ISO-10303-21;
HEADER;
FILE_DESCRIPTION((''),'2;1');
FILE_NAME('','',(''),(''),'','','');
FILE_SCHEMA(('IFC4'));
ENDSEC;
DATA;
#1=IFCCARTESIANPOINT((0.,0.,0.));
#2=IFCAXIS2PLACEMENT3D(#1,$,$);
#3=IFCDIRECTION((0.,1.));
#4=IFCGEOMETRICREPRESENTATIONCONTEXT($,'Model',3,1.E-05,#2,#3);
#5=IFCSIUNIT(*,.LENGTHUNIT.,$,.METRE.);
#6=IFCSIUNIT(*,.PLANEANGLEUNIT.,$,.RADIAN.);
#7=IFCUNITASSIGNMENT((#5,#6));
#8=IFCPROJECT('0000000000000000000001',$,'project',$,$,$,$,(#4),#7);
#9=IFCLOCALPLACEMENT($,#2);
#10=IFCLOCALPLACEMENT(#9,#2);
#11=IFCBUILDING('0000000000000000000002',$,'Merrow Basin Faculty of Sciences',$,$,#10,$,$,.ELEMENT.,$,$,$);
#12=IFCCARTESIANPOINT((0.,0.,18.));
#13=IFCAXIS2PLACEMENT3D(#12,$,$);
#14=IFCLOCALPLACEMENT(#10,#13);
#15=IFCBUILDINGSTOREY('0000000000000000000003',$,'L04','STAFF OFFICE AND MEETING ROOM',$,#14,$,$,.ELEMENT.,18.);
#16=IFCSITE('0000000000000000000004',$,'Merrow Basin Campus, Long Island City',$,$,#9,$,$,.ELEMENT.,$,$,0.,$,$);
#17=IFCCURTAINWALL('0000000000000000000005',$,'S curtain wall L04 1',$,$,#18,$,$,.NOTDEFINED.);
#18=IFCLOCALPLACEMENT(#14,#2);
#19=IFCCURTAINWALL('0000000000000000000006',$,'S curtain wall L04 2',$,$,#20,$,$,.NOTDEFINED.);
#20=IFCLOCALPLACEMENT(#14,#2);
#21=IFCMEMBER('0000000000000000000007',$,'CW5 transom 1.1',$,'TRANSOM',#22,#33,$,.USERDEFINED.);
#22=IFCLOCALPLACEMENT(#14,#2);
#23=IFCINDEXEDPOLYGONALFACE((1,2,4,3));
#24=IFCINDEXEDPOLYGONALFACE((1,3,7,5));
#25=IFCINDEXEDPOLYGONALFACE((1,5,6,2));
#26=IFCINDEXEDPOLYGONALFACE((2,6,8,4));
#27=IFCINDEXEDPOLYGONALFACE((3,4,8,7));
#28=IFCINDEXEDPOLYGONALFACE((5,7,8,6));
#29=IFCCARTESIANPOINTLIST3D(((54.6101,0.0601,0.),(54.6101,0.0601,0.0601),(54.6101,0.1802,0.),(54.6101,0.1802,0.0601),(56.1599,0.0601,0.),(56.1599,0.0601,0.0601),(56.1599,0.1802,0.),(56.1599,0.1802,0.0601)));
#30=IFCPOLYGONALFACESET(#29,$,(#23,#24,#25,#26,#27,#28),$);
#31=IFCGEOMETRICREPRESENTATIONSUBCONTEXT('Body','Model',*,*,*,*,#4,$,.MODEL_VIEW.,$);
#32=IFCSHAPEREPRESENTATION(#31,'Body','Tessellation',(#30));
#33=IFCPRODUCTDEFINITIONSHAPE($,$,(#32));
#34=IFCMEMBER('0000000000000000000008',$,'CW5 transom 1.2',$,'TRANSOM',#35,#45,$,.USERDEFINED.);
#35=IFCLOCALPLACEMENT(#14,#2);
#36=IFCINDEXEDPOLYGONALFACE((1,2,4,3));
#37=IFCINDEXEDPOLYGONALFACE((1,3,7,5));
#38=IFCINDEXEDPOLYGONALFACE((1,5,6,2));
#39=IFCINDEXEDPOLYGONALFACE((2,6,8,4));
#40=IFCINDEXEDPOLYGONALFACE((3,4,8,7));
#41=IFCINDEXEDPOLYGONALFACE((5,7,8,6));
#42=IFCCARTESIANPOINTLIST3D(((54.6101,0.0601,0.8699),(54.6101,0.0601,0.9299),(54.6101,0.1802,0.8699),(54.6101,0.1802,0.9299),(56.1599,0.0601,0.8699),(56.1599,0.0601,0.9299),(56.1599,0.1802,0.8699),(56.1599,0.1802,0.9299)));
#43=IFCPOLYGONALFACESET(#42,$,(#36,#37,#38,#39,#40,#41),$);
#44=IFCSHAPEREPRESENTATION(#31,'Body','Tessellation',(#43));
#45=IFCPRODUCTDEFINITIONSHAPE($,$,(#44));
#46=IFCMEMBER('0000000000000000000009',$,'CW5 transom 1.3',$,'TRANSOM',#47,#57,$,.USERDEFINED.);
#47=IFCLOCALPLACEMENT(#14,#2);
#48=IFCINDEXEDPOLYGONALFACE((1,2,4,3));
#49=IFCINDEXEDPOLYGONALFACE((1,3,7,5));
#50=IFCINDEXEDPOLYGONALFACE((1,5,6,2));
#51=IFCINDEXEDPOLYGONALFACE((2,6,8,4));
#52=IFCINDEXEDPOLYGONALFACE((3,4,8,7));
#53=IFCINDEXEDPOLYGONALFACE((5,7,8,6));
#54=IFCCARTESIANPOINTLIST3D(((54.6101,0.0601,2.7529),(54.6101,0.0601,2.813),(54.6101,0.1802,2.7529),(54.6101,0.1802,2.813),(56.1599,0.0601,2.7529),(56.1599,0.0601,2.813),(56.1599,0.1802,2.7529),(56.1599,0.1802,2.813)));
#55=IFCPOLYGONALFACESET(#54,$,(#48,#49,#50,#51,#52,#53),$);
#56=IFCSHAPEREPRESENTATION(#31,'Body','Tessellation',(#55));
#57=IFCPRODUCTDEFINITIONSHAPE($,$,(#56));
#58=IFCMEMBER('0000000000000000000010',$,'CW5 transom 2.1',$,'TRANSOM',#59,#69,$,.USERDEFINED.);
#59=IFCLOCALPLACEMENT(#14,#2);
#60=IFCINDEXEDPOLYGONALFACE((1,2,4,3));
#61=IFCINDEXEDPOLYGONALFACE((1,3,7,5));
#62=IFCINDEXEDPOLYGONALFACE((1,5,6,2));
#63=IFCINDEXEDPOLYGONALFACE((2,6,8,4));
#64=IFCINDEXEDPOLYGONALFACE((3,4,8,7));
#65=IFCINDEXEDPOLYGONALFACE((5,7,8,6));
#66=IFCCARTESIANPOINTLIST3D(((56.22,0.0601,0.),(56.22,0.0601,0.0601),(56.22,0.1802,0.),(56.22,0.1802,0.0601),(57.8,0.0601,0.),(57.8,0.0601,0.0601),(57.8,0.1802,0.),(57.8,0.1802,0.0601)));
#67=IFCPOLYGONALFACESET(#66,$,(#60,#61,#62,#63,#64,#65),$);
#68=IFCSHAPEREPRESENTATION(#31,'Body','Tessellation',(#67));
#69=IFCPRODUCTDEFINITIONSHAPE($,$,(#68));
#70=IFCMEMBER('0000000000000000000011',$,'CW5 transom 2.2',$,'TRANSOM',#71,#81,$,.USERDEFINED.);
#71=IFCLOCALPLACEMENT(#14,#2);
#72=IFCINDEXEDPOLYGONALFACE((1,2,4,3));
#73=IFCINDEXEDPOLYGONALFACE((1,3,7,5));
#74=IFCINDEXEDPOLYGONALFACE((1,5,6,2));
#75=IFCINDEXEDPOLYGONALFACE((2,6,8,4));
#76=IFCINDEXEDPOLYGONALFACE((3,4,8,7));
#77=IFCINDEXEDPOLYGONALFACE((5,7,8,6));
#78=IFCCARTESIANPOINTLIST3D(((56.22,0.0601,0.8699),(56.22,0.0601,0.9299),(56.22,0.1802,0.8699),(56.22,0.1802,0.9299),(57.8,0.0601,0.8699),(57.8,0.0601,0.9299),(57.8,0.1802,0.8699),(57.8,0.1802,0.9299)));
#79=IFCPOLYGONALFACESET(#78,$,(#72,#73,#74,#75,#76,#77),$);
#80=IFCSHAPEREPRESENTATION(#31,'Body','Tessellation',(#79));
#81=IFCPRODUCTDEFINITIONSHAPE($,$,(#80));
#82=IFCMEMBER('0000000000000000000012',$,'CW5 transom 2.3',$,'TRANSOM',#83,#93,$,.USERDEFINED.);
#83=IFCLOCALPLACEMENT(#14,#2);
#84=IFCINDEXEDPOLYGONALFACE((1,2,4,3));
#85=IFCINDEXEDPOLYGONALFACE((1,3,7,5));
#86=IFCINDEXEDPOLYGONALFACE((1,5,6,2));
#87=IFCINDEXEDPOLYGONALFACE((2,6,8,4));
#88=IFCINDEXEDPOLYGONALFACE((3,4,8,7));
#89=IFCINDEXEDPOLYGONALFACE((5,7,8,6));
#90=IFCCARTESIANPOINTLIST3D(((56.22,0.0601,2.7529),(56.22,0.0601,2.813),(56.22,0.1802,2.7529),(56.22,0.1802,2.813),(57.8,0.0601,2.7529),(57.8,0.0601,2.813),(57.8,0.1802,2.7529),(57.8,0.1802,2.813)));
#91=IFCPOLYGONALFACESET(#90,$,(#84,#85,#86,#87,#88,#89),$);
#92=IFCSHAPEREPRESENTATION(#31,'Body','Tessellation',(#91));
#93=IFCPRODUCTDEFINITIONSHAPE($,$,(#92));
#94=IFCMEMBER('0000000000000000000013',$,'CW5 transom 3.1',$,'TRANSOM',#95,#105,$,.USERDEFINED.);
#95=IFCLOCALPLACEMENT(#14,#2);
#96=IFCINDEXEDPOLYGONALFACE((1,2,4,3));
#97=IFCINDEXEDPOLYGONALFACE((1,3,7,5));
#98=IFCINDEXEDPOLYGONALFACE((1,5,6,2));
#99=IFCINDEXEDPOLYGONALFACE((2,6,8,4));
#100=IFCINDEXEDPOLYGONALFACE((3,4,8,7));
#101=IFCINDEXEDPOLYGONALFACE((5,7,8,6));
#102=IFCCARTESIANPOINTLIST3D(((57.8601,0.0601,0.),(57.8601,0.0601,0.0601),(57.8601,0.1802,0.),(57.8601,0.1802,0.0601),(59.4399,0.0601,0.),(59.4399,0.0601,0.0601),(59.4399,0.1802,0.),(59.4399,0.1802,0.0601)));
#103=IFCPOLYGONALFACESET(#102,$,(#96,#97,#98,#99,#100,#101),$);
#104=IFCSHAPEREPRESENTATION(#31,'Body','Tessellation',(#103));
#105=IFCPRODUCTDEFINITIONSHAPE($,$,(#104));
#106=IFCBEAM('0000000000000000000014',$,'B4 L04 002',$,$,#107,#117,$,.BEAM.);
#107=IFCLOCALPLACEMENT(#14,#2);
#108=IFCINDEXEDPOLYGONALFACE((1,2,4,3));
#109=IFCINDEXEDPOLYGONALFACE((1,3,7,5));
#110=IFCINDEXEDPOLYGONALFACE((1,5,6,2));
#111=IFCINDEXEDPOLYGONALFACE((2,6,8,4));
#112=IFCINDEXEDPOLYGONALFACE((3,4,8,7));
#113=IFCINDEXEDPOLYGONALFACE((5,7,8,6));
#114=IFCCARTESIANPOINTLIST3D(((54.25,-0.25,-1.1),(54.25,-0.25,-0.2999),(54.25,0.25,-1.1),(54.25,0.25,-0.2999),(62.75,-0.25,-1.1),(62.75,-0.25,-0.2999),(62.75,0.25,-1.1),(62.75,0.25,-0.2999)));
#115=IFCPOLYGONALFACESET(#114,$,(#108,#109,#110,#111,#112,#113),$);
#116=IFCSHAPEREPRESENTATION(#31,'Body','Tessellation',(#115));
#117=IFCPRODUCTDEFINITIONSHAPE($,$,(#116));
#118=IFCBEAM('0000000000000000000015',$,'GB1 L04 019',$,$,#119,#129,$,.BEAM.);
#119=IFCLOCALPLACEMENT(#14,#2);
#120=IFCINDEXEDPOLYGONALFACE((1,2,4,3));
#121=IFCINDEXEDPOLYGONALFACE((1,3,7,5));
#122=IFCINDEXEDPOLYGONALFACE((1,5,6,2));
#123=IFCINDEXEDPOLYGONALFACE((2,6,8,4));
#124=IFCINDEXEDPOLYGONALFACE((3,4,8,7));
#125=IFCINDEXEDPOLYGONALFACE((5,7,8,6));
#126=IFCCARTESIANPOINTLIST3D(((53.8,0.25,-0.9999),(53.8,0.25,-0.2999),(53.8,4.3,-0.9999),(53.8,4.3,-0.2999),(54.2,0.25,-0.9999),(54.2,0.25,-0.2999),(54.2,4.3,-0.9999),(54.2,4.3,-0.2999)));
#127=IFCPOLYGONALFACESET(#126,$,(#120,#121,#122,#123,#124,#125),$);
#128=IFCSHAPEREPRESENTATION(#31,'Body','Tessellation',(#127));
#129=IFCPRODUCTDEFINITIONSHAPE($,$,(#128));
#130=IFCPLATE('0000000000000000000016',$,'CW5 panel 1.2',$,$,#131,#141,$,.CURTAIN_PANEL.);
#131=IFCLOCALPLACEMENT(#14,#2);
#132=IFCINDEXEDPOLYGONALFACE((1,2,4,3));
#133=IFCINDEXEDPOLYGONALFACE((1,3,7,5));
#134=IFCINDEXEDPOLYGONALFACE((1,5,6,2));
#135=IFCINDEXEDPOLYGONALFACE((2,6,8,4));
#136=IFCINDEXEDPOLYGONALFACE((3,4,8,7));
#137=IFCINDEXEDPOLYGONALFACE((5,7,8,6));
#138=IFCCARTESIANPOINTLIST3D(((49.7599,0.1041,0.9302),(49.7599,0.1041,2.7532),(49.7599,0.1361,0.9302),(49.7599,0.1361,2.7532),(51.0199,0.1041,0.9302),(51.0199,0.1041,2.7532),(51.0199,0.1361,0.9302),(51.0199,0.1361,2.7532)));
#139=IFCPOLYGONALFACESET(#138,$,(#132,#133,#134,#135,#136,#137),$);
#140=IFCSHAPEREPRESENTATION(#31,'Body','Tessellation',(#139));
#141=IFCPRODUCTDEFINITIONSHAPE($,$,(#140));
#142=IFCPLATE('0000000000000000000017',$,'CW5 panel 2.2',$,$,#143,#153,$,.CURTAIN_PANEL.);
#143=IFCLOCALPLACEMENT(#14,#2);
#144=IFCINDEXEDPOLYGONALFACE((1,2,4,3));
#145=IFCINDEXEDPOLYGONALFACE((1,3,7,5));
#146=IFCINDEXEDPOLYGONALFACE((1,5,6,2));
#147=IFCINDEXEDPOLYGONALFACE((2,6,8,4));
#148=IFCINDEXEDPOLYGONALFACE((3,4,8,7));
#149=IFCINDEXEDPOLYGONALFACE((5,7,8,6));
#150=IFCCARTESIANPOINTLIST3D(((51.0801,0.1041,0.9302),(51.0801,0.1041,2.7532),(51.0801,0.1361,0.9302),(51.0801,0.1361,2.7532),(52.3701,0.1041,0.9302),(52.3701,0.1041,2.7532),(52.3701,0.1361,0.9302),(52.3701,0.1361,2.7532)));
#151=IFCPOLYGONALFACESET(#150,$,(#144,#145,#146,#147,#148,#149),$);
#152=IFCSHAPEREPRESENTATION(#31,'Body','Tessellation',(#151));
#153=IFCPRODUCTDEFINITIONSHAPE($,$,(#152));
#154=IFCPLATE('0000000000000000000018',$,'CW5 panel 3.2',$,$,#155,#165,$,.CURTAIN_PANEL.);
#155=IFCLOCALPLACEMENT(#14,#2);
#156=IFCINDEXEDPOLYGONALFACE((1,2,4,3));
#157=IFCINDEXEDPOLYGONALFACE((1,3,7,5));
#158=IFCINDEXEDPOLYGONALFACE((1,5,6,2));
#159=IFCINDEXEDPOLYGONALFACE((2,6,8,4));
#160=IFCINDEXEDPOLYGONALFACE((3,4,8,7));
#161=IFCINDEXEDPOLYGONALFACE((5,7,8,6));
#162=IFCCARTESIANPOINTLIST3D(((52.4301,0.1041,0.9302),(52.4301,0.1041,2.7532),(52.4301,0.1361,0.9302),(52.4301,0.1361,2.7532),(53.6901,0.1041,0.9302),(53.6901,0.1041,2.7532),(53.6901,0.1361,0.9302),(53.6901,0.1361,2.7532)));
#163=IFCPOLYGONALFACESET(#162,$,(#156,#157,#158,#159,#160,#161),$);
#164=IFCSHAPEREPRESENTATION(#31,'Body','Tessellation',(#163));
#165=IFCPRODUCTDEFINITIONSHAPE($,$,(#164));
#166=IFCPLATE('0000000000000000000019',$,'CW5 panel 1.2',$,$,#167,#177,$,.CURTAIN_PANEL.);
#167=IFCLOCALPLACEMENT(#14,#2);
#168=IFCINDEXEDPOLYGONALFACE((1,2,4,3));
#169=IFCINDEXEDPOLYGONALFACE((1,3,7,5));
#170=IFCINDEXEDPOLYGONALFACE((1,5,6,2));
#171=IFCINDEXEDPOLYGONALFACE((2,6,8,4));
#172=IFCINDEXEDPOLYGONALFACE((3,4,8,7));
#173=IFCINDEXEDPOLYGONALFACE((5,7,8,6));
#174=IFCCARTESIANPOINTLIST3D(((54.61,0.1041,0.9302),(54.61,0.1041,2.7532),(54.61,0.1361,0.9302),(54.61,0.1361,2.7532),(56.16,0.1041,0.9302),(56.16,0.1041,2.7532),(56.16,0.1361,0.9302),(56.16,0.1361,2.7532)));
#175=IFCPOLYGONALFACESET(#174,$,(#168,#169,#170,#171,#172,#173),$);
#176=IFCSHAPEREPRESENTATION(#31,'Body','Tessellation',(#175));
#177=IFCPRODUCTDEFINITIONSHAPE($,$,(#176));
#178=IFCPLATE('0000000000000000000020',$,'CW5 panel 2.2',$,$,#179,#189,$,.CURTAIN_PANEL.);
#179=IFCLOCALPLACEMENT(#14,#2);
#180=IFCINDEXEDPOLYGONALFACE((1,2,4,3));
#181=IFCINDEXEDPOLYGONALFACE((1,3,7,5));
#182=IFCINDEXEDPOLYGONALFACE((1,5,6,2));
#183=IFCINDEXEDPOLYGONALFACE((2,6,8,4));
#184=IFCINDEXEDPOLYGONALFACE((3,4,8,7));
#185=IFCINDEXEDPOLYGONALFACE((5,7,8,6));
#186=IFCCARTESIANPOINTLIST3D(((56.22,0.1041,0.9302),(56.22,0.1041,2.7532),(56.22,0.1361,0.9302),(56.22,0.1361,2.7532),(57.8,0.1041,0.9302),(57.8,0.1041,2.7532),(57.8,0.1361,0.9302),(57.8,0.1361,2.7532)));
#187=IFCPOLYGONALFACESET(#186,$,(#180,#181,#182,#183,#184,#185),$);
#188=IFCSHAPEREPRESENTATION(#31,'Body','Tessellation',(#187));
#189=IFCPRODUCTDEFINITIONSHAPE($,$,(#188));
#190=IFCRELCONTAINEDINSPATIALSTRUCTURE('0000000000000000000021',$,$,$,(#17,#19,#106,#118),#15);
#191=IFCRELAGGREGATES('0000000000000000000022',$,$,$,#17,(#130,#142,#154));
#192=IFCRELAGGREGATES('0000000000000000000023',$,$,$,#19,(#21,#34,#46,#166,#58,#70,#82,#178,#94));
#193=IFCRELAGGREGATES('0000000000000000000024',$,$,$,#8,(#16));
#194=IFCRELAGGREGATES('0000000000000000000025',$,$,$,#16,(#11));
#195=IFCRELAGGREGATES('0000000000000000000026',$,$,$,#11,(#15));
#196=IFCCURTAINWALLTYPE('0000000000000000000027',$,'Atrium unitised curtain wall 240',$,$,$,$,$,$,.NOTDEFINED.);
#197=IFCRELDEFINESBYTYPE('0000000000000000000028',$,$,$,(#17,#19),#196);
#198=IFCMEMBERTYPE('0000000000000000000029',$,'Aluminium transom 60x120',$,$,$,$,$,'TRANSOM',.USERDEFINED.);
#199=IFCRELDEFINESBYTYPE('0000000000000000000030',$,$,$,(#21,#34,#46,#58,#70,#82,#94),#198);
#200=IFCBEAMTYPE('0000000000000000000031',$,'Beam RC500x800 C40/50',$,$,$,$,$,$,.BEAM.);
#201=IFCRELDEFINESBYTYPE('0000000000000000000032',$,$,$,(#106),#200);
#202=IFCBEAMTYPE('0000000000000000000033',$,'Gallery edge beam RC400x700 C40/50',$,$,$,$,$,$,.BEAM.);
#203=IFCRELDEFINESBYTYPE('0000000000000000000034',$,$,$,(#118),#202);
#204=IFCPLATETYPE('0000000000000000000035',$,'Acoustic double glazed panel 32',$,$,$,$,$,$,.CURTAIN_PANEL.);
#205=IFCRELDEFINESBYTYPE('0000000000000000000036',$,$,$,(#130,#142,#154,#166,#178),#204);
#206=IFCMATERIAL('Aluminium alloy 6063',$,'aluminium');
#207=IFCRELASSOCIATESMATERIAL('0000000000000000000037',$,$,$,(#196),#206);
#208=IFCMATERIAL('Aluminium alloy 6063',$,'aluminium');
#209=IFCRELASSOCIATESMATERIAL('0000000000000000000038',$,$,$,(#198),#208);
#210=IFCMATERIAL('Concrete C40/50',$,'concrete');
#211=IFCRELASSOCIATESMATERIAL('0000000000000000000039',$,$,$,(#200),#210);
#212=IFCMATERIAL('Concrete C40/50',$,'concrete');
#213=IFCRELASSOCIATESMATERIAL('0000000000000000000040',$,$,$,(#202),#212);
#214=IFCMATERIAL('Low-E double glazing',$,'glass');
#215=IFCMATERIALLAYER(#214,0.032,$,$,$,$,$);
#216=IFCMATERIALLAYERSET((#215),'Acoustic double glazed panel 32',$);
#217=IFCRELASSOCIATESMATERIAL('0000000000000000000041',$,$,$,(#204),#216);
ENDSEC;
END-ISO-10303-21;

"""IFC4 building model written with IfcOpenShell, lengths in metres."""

from ifc_helpers import new_model, si_unit, direction, frame, origin, origin_2d, place, context, subcontext, project, spatial, rectangle, extrude, material, layer, layer_set, material_profile, profile_set, type_object, element, aggregate, save


model = new_model("IFC4")

# Units and contexts
model_context = context("Model", 3, precision=1e-05, world=origin(), true_north=direction((0.0, 1.0)))
body_context = subcontext(model_context, "Body", "Model", "MODEL_VIEW")
ifc_project = project(units=[si_unit("LENGTHUNIT", "METRE"), si_unit("PLANEANGLEUNIT", "RADIAN")], contexts=[model_context])

# Site, building, storey
site_placement = place(None, origin())
site = spatial("IfcSite", under=ifc_project, at=site_placement, Name="Merrow Basin Campus, Long Island City", CompositionType="ELEMENT", RefElevation=0.0)
building_placement = place(site_placement, origin())
building = spatial("IfcBuilding", under=site, at=building_placement, Name="Merrow Basin Faculty of Sciences", CompositionType="ELEMENT")
storey_placement = place(building_placement, frame((0.0, 0.0, 18.0)))
storey = spatial("IfcBuildingStorey", under=building, at=storey_placement, Name="L04", Description="STAFF OFFICE AND MEETING ROOM", CompositionType="ELEMENT", Elevation=18.0)

# Curtain walls
ifc_material_1 = material(Name="Aluminium alloy 6063", Category="aluminium")
curtain_wall_type = type_object("IfcCurtainWallType", Name="Atrium unitised curtain wall 240", PredefinedType="NOTDEFINED", material=ifc_material_1)
curtain_wall_1_placement = place(storey_placement, origin())
curtain_wall_1 = element("IfcCurtainWall", 1, at=curtain_wall_1_placement, inside=storey, type_object=curtain_wall_type, Name="S curtain wall L04 1", PredefinedType="NOTDEFINED")
curtain_wall_2_placement = place(storey_placement, origin())
curtain_wall_2 = element("IfcCurtainWall", 2, at=curtain_wall_2_placement, inside=storey, type_object=curtain_wall_type, Name="S curtain wall L04 2", PredefinedType="NOTDEFINED")

# Members
ifc_material_2 = material(Name="Aluminium alloy 6063", Category="aluminium")
ifc_material_profile_1 = material_profile(ifc_material_2, rectangle(XDim=0.1201, YDim=0.0601, at=origin_2d()))
ifc_profile_set_1 = profile_set([ifc_material_profile_1], Name="Aluminium alloy 6063")
member_type_1 = type_object("IfcMemberType", Name="Aluminium transom 60x120", ElementType="TRANSOM", PredefinedType="USERDEFINED", material=ifc_profile_set_1)
member_1_placement = place(storey_placement, frame((54.6101, 0.1201, 0.03), z_axis=(1.0, 0.0, 0.0), x_axis=(0.0, 1.0, 0.0)))
member_1 = element("IfcMember", 3, at=member_1_placement, type_object=member_type_1, Name="CW5 transom 1.1", ObjectType="TRANSOM", PredefinedType="USERDEFINED", context=body_context, shape_type="SweptSolid", body=[
    extrude(rectangle(XDim=0.1201, YDim=0.0601, at=origin_2d()), origin(), (0.0, 0.0, 1.0), 1.5498),
])
member_2_placement = place(storey_placement, frame((54.6101, 0.1201, 0.8999), z_axis=(1.0, 0.0, 0.0), x_axis=(0.0, 1.0, 0.0)))
member_2 = element("IfcMember", 4, at=member_2_placement, type_object=member_type_1, Name="CW5 transom 1.2", ObjectType="TRANSOM", PredefinedType="USERDEFINED", context=body_context, shape_type="SweptSolid", body=[
    extrude(rectangle(XDim=0.1201, YDim=0.0601, at=origin_2d()), origin(), (0.0, 0.0, 1.0), 1.5498),
])
member_3_placement = place(storey_placement, frame((54.6101, 0.1201, 2.783), z_axis=(1.0, 0.0, 0.0), x_axis=(0.0, 1.0, 0.0)))
member_3 = element("IfcMember", 5, at=member_3_placement, type_object=member_type_1, Name="CW5 transom 1.3", ObjectType="TRANSOM", PredefinedType="USERDEFINED", context=body_context, shape_type="SweptSolid", body=[
    extrude(rectangle(XDim=0.1201, YDim=0.0601, at=origin_2d()), origin(), (0.0, 0.0, 1.0), 1.5498),
])
member_4_placement = place(storey_placement, frame((56.22, 0.1201, 0.03), z_axis=(1.0, 0.0, 0.0), x_axis=(0.0, 1.0, 0.0)))
member_4 = element("IfcMember", 6, at=member_4_placement, type_object=member_type_1, Name="CW5 transom 2.1", ObjectType="TRANSOM", PredefinedType="USERDEFINED", context=body_context, shape_type="SweptSolid", body=[
    extrude(rectangle(XDim=0.1201, YDim=0.0601, at=origin_2d()), origin(), (0.0, 0.0, 1.0), 1.5801),
])
member_5_placement = place(storey_placement, frame((56.22, 0.1201, 0.8999), z_axis=(1.0, 0.0, 0.0), x_axis=(0.0, 1.0, 0.0)))
member_5 = element("IfcMember", 7, at=member_5_placement, type_object=member_type_1, Name="CW5 transom 2.2", ObjectType="TRANSOM", PredefinedType="USERDEFINED", context=body_context, shape_type="SweptSolid", body=[
    extrude(rectangle(XDim=0.1201, YDim=0.0601, at=origin_2d()), origin(), (0.0, 0.0, 1.0), 1.5801),
])
member_6_placement = place(storey_placement, frame((56.22, 0.1201, 2.783), z_axis=(1.0, 0.0, 0.0), x_axis=(0.0, 1.0, 0.0)))
member_6 = element("IfcMember", 8, at=member_6_placement, type_object=member_type_1, Name="CW5 transom 2.3", ObjectType="TRANSOM", PredefinedType="USERDEFINED", context=body_context, shape_type="SweptSolid", body=[
    extrude(rectangle(XDim=0.1201, YDim=0.0601, at=origin_2d()), origin(), (0.0, 0.0, 1.0), 1.5801),
])
member_7_placement = place(storey_placement, frame((57.8601, 0.1201, 0.03), z_axis=(1.0, 0.0, 0.0), x_axis=(0.0, 1.0, 0.0)))
member_7 = element("IfcMember", 9, at=member_7_placement, type_object=member_type_1, Name="CW5 transom 3.1", ObjectType="TRANSOM", PredefinedType="USERDEFINED", context=body_context, shape_type="SweptSolid", body=[
    extrude(rectangle(XDim=0.1201, YDim=0.0601, at=origin_2d()), origin(), (0.0, 0.0, 1.0), 1.5798),
])

# Beams
ifc_material_3 = material(Name="Concrete C40/50", Category="concrete")
ifc_material_profile_2 = material_profile(ifc_material_3, rectangle(XDim=0.5, YDim=0.8, at=origin_2d()))
ifc_profile_set_2 = profile_set([ifc_material_profile_2], Name="Concrete C40/50")
beam_type_1 = type_object("IfcBeamType", Name="Beam RC500x800 C40/50", PredefinedType="BEAM", material=ifc_profile_set_2)
beam_1_placement = place(storey_placement, frame((54.25, 0.0, -0.7), z_axis=(1.0, 0.0, 0.0), x_axis=(0.0, 1.0, 0.0)))
element("IfcBeam", 10, at=beam_1_placement, inside=storey, type_object=beam_type_1, Name="B4 L04 002", PredefinedType="BEAM", context=body_context, shape_type="SweptSolid", body=[
    extrude(rectangle(XDim=0.5, YDim=0.8, at=origin_2d()), origin(), (0.0, 0.0, 1.0), 8.5),
])
ifc_material_4 = material(Name="Concrete C40/50", Category="concrete")
ifc_material_profile_3 = material_profile(ifc_material_4, rectangle(XDim=0.3999, YDim=0.7, at=origin_2d()))
ifc_profile_set_3 = profile_set([ifc_material_profile_3], Name="Concrete C40/50")
beam_type_2 = type_object("IfcBeamType", Name="Gallery edge beam RC400x700 C40/50", PredefinedType="BEAM", material=ifc_profile_set_3)
beam_2_placement = place(storey_placement, frame((54.0, 0.25, -0.6499), z_axis=(0.0, 1.0, 0.0), x_axis=(-1.0, 0.0, 0.0)))
element("IfcBeam", 11, at=beam_2_placement, inside=storey, type_object=beam_type_2, Name="GB1 L04 019", PredefinedType="BEAM", context=body_context, shape_type="SweptSolid", body=[
    extrude(rectangle(XDim=0.3999, YDim=0.7, at=origin_2d()), origin(), (0.0, 0.0, 1.0), 4.05),
])

# Plates
ifc_material_5 = material(Name="Low-E double glazing", Category="glass")
ifc_layer_1 = layer(ifc_material_5, 0.032)
ifc_layer_set_1 = layer_set([ifc_layer_1], Name="Acoustic double glazed panel 32")
plate_type_1 = type_object("IfcPlateType", Name="Acoustic double glazed panel 32", PredefinedType="CURTAIN_PANEL", material=ifc_layer_set_1)
plate_1_placement = place(storey_placement, frame((50.3899, 0.1201, 0.9302), z_axis=(0.0, 0.0, 1.0), x_axis=(1.0, 0.0, 0.0)))
plate_1 = element("IfcPlate", 12, at=plate_1_placement, type_object=plate_type_1, Name="CW5 panel 1.2", PredefinedType="CURTAIN_PANEL", context=body_context, shape_type="SweptSolid", body=[
    extrude(rectangle(XDim=1.26, YDim=0.032, at=origin_2d()), origin(), (0.0, 0.0, 1.0), 1.823),
])
plate_2_placement = place(storey_placement, frame((51.7251, 0.1201, 0.9302), z_axis=(0.0, 0.0, 1.0), x_axis=(1.0, 0.0, 0.0)))
plate_2 = element("IfcPlate", 13, at=plate_2_placement, type_object=plate_type_1, Name="CW5 panel 2.2", PredefinedType="CURTAIN_PANEL", context=body_context, shape_type="SweptSolid", body=[
    extrude(rectangle(XDim=1.29, YDim=0.032, at=origin_2d()), origin(), (0.0, 0.0, 1.0), 1.823),
])
plate_3_placement = place(storey_placement, frame((53.0601, 0.1201, 0.9302), z_axis=(0.0, 0.0, 1.0), x_axis=(1.0, 0.0, 0.0)))
plate_3 = element("IfcPlate", 14, at=plate_3_placement, type_object=plate_type_1, Name="CW5 panel 3.2", PredefinedType="CURTAIN_PANEL", context=body_context, shape_type="SweptSolid", body=[
    extrude(rectangle(XDim=1.26, YDim=0.032, at=origin_2d()), origin(), (0.0, 0.0, 1.0), 1.823),
])
plate_4_placement = place(storey_placement, frame((55.385, 0.1201, 0.9302), z_axis=(0.0, 0.0, 1.0), x_axis=(1.0, 0.0, 0.0)))
plate_4 = element("IfcPlate", 15, at=plate_4_placement, type_object=plate_type_1, Name="CW5 panel 1.2", PredefinedType="CURTAIN_PANEL", context=body_context, shape_type="SweptSolid", body=[
    extrude(rectangle(XDim=1.55, YDim=0.032, at=origin_2d()), origin(), (0.0, 0.0, 1.0), 1.823),
])
plate_5_placement = place(storey_placement, frame((57.01, 0.1201, 0.9302), z_axis=(0.0, 0.0, 1.0), x_axis=(1.0, 0.0, 0.0)))
plate_5 = element("IfcPlate", 16, at=plate_5_placement, type_object=plate_type_1, Name="CW5 panel 2.2", PredefinedType="CURTAIN_PANEL", context=body_context, shape_type="SweptSolid", body=[
    extrude(rectangle(XDim=1.5801, YDim=0.032, at=origin_2d()), origin(), (0.0, 0.0, 1.0), 1.823),
])
aggregate(curtain_wall_1, [plate_1, plate_2, plate_3])
aggregate(curtain_wall_2, [member_1, member_2, member_3, plate_4, member_4, member_5, member_6, plate_5, member_7])

save(model, "model.ifc")
